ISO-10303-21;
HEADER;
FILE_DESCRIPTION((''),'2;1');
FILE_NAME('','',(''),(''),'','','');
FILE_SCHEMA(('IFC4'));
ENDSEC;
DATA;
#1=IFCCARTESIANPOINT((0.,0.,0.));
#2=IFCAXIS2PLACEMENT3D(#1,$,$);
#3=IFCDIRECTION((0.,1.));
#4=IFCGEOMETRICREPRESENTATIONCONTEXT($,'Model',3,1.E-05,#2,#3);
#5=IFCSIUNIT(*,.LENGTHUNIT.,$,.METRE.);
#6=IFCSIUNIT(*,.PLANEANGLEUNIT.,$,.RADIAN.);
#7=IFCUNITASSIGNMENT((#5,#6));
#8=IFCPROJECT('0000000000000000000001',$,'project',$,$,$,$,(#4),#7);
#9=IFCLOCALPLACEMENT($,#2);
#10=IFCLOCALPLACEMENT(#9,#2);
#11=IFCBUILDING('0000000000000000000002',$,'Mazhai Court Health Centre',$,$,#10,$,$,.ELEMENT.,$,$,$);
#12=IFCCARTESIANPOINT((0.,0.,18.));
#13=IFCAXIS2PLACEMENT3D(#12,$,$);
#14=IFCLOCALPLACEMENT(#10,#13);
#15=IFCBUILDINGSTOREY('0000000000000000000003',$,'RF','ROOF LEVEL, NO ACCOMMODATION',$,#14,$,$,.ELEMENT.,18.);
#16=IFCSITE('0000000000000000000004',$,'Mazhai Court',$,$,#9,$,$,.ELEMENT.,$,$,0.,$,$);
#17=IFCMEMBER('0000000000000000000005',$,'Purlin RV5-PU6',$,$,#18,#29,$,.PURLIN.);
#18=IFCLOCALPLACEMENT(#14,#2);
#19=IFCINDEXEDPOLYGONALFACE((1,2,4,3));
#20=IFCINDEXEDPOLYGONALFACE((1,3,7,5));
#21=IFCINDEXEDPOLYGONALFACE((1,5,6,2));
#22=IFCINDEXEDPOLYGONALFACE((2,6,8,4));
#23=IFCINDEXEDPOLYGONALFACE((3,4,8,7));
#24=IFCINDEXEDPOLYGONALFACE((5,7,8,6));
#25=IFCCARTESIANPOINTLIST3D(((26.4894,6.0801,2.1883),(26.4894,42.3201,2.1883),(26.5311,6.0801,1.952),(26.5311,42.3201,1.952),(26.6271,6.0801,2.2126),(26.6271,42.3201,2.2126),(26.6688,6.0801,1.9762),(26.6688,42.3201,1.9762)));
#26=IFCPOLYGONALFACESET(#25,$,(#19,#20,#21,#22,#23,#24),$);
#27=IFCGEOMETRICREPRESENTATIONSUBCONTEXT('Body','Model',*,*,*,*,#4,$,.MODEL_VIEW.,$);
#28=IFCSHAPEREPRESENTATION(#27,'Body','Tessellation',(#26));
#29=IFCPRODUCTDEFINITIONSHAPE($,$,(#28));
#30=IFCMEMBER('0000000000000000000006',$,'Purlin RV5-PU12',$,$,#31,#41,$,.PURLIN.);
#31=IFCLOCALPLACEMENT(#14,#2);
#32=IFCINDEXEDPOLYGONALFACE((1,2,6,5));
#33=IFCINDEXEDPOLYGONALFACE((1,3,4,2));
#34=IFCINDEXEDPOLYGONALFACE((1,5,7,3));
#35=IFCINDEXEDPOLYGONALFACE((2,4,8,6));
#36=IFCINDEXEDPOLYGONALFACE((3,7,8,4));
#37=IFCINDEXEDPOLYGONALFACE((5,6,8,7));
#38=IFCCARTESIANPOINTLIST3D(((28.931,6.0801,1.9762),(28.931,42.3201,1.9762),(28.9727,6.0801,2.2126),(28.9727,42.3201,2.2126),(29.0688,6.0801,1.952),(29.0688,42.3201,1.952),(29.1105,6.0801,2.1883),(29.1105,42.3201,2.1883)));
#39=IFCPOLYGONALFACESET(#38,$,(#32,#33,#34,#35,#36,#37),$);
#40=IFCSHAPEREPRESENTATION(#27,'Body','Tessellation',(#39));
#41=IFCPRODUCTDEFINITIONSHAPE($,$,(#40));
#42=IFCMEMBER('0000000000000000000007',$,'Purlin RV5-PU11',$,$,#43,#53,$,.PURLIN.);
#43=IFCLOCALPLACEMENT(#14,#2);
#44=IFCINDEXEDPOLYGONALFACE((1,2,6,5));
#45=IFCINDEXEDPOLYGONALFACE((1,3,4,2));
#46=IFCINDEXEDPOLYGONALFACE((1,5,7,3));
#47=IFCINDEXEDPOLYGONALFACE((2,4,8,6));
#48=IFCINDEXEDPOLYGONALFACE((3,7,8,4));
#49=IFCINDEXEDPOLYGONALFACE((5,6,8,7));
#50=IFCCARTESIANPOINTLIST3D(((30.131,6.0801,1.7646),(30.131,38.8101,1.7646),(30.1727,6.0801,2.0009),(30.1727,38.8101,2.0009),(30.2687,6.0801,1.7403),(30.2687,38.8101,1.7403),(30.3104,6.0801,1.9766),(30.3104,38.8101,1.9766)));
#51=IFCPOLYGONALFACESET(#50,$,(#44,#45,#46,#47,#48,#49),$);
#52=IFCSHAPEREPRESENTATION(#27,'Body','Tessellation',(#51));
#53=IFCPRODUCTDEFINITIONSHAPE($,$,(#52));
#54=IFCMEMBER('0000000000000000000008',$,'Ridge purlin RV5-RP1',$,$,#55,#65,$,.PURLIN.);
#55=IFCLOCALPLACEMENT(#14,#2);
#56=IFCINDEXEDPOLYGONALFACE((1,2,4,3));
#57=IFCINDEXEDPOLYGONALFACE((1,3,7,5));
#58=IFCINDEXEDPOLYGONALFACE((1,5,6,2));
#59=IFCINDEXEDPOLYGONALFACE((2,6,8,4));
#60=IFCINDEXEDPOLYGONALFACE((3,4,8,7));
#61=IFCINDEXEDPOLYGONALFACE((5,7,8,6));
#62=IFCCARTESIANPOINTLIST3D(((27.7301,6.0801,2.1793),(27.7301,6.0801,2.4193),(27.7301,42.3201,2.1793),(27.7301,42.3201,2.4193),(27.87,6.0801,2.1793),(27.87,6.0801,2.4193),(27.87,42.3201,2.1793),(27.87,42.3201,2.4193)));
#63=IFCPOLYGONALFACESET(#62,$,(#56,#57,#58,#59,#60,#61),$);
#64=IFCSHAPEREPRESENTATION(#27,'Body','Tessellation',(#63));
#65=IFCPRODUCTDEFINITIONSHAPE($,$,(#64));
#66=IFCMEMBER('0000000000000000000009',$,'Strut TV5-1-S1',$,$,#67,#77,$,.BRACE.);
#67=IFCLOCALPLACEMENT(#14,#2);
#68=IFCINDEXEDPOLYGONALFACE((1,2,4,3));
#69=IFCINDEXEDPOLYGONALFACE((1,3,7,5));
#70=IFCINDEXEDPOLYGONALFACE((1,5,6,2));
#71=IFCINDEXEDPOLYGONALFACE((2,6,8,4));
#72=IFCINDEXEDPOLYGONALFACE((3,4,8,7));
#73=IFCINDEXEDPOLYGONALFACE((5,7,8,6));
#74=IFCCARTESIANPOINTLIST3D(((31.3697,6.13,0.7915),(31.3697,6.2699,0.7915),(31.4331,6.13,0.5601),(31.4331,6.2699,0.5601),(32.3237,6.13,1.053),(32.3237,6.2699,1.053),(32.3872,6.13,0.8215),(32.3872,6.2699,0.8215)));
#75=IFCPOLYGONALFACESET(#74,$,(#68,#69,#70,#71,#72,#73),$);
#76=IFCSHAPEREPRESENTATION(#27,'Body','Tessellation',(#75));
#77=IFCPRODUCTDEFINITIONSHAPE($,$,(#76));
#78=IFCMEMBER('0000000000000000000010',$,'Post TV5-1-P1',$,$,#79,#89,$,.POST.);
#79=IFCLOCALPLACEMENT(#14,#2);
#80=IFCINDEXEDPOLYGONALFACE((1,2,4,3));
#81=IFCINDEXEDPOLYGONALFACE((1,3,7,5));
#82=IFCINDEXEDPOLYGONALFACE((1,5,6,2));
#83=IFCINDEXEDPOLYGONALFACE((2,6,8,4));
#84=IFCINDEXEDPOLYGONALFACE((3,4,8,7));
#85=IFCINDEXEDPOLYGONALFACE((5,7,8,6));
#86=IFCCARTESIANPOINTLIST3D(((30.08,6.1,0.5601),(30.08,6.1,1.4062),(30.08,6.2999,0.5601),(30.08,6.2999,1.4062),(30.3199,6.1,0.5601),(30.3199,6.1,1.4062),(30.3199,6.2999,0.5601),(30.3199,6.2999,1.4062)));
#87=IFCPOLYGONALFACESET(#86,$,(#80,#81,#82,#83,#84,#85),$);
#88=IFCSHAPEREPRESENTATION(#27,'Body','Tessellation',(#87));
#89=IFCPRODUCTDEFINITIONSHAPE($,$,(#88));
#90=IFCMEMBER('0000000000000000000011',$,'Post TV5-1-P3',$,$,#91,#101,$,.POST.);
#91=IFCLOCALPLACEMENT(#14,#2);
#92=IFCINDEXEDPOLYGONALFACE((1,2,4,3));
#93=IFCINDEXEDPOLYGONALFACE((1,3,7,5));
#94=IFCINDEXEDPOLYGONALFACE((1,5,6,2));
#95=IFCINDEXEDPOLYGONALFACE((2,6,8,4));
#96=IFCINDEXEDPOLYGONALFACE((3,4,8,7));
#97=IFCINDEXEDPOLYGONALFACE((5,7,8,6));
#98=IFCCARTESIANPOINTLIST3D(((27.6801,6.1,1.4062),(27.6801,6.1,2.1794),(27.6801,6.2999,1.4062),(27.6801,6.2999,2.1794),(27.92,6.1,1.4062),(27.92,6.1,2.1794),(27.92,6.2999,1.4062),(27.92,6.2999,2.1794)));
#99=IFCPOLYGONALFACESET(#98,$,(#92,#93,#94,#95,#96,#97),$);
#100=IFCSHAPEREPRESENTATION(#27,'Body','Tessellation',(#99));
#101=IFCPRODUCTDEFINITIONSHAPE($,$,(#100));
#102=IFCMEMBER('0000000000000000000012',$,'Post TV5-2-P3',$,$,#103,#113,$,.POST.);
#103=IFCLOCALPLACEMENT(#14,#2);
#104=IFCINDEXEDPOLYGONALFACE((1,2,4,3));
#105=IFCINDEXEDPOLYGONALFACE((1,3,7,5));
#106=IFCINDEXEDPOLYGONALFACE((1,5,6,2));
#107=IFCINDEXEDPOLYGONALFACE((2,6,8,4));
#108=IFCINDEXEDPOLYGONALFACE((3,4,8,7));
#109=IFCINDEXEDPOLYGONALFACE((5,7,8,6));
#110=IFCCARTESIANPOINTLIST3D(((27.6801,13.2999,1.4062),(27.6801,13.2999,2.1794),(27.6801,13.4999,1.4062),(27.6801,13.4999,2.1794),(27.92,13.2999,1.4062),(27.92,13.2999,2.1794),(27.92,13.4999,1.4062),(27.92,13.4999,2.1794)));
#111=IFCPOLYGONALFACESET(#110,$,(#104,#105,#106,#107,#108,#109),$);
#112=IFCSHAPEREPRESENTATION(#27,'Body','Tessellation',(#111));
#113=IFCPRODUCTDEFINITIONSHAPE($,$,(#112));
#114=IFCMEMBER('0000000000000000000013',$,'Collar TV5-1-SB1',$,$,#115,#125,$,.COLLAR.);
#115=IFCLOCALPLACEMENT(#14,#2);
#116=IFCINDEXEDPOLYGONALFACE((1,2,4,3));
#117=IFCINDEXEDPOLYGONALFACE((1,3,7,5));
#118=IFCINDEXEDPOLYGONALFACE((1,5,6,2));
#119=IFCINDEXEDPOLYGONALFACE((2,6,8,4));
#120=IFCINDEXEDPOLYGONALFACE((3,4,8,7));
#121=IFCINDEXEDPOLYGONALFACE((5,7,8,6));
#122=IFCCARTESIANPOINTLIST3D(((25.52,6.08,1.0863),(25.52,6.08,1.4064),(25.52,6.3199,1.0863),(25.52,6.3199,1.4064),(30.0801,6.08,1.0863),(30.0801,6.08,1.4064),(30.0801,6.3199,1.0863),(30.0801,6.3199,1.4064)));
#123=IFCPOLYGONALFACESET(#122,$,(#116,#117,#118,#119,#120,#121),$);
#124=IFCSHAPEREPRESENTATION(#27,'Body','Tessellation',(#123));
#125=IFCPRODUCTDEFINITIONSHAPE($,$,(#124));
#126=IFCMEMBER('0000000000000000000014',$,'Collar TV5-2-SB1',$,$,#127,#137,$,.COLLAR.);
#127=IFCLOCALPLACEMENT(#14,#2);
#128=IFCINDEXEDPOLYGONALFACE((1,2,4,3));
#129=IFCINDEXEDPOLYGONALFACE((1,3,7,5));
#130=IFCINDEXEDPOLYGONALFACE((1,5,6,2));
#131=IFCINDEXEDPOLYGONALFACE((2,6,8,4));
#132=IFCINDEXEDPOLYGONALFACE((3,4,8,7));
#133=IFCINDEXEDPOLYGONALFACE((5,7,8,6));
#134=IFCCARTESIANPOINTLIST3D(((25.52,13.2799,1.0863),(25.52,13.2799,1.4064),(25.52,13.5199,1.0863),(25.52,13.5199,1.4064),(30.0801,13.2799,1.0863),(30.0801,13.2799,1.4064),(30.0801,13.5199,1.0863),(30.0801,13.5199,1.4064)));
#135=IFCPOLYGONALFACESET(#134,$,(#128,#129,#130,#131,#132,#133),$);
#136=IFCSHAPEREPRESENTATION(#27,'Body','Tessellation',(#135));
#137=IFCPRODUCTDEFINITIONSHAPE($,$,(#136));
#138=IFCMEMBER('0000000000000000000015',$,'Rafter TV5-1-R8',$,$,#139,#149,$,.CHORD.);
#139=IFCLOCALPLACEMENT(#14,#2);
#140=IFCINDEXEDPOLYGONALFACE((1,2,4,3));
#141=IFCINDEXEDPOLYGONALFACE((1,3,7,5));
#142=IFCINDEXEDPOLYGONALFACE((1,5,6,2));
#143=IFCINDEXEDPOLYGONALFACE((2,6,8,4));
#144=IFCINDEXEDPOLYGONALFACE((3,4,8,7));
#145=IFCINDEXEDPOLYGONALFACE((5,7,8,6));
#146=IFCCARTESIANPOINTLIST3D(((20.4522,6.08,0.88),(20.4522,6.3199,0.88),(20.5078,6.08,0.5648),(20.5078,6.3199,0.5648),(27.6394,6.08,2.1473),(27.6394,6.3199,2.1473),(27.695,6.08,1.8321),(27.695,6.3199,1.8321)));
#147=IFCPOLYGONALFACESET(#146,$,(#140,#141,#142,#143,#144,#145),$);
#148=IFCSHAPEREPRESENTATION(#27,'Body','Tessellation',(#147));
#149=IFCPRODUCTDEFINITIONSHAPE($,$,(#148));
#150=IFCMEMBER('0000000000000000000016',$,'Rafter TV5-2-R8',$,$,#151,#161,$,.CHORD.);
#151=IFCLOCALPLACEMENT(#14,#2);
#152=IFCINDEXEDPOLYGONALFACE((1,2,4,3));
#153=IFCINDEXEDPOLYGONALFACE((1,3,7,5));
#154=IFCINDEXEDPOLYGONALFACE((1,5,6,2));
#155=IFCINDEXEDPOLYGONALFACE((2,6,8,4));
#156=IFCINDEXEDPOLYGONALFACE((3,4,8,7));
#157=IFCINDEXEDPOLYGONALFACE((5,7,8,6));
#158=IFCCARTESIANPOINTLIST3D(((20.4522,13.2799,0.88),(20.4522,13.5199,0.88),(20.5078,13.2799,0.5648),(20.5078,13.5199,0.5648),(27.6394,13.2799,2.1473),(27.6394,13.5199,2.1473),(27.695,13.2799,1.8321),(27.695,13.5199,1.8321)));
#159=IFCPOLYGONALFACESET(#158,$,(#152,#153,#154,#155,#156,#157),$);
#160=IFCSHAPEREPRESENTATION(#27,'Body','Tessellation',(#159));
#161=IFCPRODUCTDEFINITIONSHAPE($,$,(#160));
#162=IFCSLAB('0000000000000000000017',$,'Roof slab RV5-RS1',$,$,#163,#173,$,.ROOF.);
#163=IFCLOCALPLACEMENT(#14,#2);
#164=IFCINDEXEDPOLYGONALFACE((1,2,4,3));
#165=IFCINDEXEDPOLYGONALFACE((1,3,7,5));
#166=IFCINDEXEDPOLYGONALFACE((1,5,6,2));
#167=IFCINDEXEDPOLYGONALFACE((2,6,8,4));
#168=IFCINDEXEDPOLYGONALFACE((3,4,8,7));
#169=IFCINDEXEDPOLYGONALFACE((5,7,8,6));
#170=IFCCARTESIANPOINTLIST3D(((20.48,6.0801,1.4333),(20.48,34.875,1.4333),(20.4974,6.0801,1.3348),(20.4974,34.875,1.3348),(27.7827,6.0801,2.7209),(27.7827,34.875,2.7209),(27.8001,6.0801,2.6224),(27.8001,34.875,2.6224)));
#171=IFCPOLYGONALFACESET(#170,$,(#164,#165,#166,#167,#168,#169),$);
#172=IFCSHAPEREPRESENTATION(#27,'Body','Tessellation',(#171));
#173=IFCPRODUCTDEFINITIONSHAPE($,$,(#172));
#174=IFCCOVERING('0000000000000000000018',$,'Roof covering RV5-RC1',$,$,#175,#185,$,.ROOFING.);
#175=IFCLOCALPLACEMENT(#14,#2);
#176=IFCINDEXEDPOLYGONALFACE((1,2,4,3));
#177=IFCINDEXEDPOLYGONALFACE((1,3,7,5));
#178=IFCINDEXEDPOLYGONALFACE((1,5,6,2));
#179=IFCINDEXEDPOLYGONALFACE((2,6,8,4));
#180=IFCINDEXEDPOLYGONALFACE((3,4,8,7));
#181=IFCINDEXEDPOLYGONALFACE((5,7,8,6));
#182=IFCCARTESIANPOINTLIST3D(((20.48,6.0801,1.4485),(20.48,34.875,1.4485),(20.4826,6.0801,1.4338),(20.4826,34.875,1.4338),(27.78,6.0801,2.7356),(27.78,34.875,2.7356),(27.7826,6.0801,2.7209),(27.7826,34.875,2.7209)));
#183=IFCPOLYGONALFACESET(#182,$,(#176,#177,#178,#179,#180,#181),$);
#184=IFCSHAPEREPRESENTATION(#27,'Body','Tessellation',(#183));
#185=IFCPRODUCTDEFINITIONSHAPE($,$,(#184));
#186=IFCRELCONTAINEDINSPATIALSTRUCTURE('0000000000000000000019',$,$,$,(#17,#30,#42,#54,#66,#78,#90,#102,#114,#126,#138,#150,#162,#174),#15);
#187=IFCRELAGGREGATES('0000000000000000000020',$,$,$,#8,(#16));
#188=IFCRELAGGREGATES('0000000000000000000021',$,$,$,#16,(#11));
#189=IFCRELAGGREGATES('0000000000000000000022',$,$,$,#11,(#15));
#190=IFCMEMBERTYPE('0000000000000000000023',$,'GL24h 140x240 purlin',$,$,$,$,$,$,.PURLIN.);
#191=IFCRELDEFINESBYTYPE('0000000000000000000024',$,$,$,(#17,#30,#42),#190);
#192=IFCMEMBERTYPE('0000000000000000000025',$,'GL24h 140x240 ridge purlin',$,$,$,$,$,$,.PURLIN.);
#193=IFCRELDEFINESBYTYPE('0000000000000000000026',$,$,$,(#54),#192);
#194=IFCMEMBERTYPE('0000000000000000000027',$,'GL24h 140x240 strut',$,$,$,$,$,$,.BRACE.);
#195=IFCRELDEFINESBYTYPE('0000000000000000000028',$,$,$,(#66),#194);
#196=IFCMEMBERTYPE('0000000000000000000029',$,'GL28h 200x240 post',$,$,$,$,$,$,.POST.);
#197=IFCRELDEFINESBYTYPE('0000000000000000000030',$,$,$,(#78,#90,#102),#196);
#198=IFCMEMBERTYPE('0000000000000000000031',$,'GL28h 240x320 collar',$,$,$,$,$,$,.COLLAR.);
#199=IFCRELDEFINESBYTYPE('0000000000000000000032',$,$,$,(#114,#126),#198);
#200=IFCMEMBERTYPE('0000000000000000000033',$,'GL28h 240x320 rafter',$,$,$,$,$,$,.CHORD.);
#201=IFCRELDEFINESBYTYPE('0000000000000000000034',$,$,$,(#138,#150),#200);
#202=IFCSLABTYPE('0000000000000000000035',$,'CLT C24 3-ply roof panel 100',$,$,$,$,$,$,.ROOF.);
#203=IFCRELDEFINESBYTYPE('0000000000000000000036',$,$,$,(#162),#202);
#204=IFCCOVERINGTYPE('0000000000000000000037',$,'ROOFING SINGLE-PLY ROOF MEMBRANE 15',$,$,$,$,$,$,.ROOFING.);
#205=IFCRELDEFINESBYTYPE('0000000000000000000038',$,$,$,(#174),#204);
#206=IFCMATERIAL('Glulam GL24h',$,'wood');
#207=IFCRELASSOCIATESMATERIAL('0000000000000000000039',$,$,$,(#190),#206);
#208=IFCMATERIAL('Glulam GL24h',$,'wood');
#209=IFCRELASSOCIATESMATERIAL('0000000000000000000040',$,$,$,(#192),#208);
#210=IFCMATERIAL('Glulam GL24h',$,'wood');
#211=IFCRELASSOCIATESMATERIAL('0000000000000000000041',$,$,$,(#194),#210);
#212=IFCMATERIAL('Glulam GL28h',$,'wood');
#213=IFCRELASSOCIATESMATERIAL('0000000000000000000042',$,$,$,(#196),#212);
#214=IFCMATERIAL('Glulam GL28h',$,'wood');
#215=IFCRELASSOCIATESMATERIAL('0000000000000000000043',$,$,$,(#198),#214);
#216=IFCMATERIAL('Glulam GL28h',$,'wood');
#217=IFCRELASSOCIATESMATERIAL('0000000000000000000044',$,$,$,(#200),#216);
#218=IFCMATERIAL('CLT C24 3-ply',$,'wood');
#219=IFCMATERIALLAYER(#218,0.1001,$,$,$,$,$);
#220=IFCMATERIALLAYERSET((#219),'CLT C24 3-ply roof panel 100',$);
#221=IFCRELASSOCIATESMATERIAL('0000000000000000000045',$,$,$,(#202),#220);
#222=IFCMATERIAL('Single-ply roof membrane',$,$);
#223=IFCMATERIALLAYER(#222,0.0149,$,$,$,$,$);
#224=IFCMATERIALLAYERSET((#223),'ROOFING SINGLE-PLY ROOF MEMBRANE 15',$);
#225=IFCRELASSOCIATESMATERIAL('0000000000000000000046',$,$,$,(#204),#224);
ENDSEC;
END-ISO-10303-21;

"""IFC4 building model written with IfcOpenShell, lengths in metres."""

from ifc_helpers import new_model, si_unit, direction, frame, origin, origin_2d, place, context, subcontext, project, spatial, polyline, rectangle, outline, extrude, material, layer, layer_set, material_profile, profile_set, type_object, element, save


model = new_model("IFC4")

# Units and contexts
model_context = context("Model", 3, precision=1e-05, world=origin(), true_north=direction((0.0, 1.0)))
body_context = subcontext(model_context, "Body", "Model", "MODEL_VIEW")
ifc_project = project(units=[si_unit("LENGTHUNIT", "METRE"), si_unit("PLANEANGLEUNIT", "RADIAN")], contexts=[model_context])

# Site, building, storey
site_placement = place(None, origin())
site = spatial("IfcSite", under=ifc_project, at=site_placement, Name="Mazhai Court", CompositionType="ELEMENT", RefElevation=0.0)
building_placement = place(site_placement, origin())
building = spatial("IfcBuilding", under=site, at=building_placement, Name="Mazhai Court Health Centre", CompositionType="ELEMENT")
storey_placement = place(building_placement, frame((0.0, 0.0, 18.0)))
storey = spatial("IfcBuildingStorey", under=building, at=storey_placement, Name="RF", Description="ROOF LEVEL, NO ACCOMMODATION", CompositionType="ELEMENT", Elevation=18.0)

# Members
ifc_material_1 = material(Name="Glulam GL24h", Category="wood")
ifc_material_profile_1 = material_profile(ifc_material_1, rectangle(XDim=0.1399, YDim=0.24, at=origin_2d()), Name="GL24h 140x240")
ifc_profile_set_1 = profile_set([ifc_material_profile_1], Name="Glulam GL24h")
member_type_1 = type_object("IfcMemberType", Name="GL24h 140x240 purlin", PredefinedType="PURLIN", material=ifc_profile_set_1)
for number, where, z_axis, x_axis, name in (
    (1, (26.5791, 6.0801, 2.0823), (0.0, 1.0, 0.0), (-0.984808, 0.0, -0.173648), "Purlin RV5-PU6"),
    (2, (29.0208, 6.0801, 2.0823), (0.0, 1.0, 0.0), (-0.984808, 0.0, 0.173648), "Purlin RV5-PU12"),
):
    element("IfcMember", number, at=place(storey_placement, frame(where, z_axis=z_axis, x_axis=x_axis)), inside=storey, type_object=member_type_1, Name=name, PredefinedType="PURLIN", context=body_context, shape_type="SweptSolid", body=[
        extrude(rectangle(XDim=0.1399, YDim=0.24, at=origin_2d()), origin(), (0.0, 0.0, 1.0), 36.24),
    ])
member_1_placement = place(storey_placement, frame((30.2207, 6.0801, 1.8706), z_axis=(0.0, 1.0, 0.0), x_axis=(-0.984808, 0.0, 0.173648)))
element("IfcMember", 3, at=member_1_placement, inside=storey, type_object=member_type_1, Name="Purlin RV5-PU11", PredefinedType="PURLIN", context=body_context, shape_type="SweptSolid", body=[
    extrude(rectangle(XDim=0.1399, YDim=0.24, at=origin_2d()), origin(), (0.0, 0.0, 1.0), 32.73),
])
ifc_material_2 = material(Name="Glulam GL24h", Category="wood")
ifc_material_profile_2 = material_profile(ifc_material_2, rectangle(XDim=0.1399, YDim=0.24, at=origin_2d()), Name="GL24h 140x240")
ifc_profile_set_2 = profile_set([ifc_material_profile_2], Name="Glulam GL24h")
member_type_2 = type_object("IfcMemberType", Name="GL24h 140x240 ridge purlin", PredefinedType="PURLIN", material=ifc_profile_set_2)
member_2_placement = place(storey_placement, frame((27.8, 6.0801, 2.2993), z_axis=(0.0, 1.0, 0.0), x_axis=(-1.0, 0.0, 0.0)))
element("IfcMember", 4, at=member_2_placement, inside=storey, type_object=member_type_2, Name="Ridge purlin RV5-RP1", PredefinedType="PURLIN", context=body_context, shape_type="SweptSolid", body=[
    extrude(rectangle(XDim=0.1399, YDim=0.24, at=origin_2d()), origin(), (0.0, 0.0, 1.0), 36.24),
])
ifc_material_3 = material(Name="Glulam GL24h", Category="wood")
ifc_material_profile_3 = material_profile(ifc_material_3, rectangle(XDim=0.1399, YDim=0.24, at=origin_2d()), Name="GL24h 140x240")
ifc_profile_set_3 = profile_set([ifc_material_profile_3], Name="Glulam GL24h")
member_type_3 = type_object("IfcMemberType", Name="GL24h 140x240 strut", PredefinedType="BRACE", material=ifc_profile_set_3)
member_3_placement = place(storey_placement, frame((31.4014, 6.2, 0.6758), z_axis=(0.964438, 0.0, 0.264307), x_axis=(0.0, 1.0, 0.0)))
element("IfcMember", 5, at=member_3_placement, inside=storey, type_object=member_type_3, Name="Strut TV5-1-S1", PredefinedType="BRACE", context=body_context, shape_type="SweptSolid", body=[
    extrude(rectangle(XDim=0.1399, YDim=0.24, at=origin_2d()), origin(), (0.0, 0.0, 1.0), 0.9893),
])
ifc_material_4 = material(Name="Glulam GL28h", Category="wood")
ifc_material_profile_4 = material_profile(ifc_material_4, rectangle(XDim=0.2, YDim=0.24, at=origin_2d()), Name="GL28h 200x240")
ifc_profile_set_4 = profile_set([ifc_material_profile_4], Name="Glulam GL28h")
member_type_4 = type_object("IfcMemberType", Name="GL28h 200x240 post", PredefinedType="POST", material=ifc_profile_set_4)
member_4_placement = place(storey_placement, frame((30.2, 6.2, 0.5601), z_axis=(0.0, 0.0, 1.0), x_axis=(0.0, 1.0, 0.0)))
element("IfcMember", 6, at=member_4_placement, inside=storey, type_object=member_type_4, Name="Post TV5-1-P1", PredefinedType="POST", context=body_context, shape_type="SweptSolid", body=[
    extrude(rectangle(XDim=0.2, YDim=0.24, at=origin_2d()), origin(), (0.0, 0.0, 1.0), 0.8462),
])
for number, where, z_axis, x_axis, name in (
    (7, (27.8, 6.2, 1.4062), (0.0, 0.0, 1.0), (0.0, 1.0, 0.0), "Post TV5-1-P3"),
    (8, (27.8, 13.3999, 1.4062), (0.0, 0.0, 1.0), (0.0, 1.0, 0.0), "Post TV5-2-P3"),
):
    element("IfcMember", number, at=place(storey_placement, frame(where, z_axis=z_axis, x_axis=x_axis)), inside=storey, type_object=member_type_4, Name=name, PredefinedType="POST", context=body_context, shape_type="SweptSolid", body=[
        extrude(rectangle(XDim=0.2, YDim=0.24, at=origin_2d()), origin(), (0.0, 0.0, 1.0), 0.7732),
    ])
ifc_material_5 = material(Name="Glulam GL28h", Category="wood")
ifc_material_profile_5 = material_profile(ifc_material_5, rectangle(XDim=0.24, YDim=0.3201, at=origin_2d()), Name="GL28h 240x320")
ifc_profile_set_5 = profile_set([ifc_material_profile_5], Name="Glulam GL28h")
member_type_5 = type_object("IfcMemberType", Name="GL28h 240x320 collar", PredefinedType="COLLAR", material=ifc_profile_set_5)
for number, where, z_axis, x_axis, name in (
    (9, (30.0801, 6.2, 1.2463), (-1.0, 0.0, 0.0), (0.0, -1.0, 0.0), "Collar TV5-1-SB1"),
    (10, (30.0801, 13.3999, 1.2463), (-1.0, 0.0, 0.0), (0.0, -1.0, 0.0), "Collar TV5-2-SB1"),
):
    element("IfcMember", number, at=place(storey_placement, frame(where, z_axis=z_axis, x_axis=x_axis)), inside=storey, type_object=member_type_5, Name=name, PredefinedType="COLLAR", context=body_context, shape_type="SweptSolid", body=[
        extrude(rectangle(XDim=0.24, YDim=0.3201, at=origin_2d()), origin(), (0.0, 0.0, 1.0), 4.5601),
    ])
ifc_material_6 = material(Name="Glulam GL28h", Category="wood")
ifc_material_profile_6 = material_profile(ifc_material_6, rectangle(XDim=0.24, YDim=0.3201, at=origin_2d()), Name="GL28h 240x320")
ifc_profile_set_6 = profile_set([ifc_material_profile_6], Name="Glulam GL28h")
member_type_6 = type_object("IfcMemberType", Name="GL28h 240x320 rafter", PredefinedType="CHORD", material=ifc_profile_set_6)
for number, where, z_axis, x_axis, name in (
    (11, (27.6672, 6.2, 1.9897), (-0.984807, 0.0, -0.173652), (0.0, -1.0, 0.0), "Rafter TV5-1-R8"),
    (12, (27.6672, 13.3999, 1.9897), (-0.984807, 0.0, -0.173652), (0.0, -1.0, 0.0), "Rafter TV5-2-R8"),
):
    element("IfcMember", number, at=place(storey_placement, frame(where, z_axis=z_axis, x_axis=x_axis)), inside=storey, type_object=member_type_6, Name=name, PredefinedType="CHORD", context=body_context, shape_type="SweptSolid", body=[
        extrude(rectangle(XDim=0.24, YDim=0.3201, at=origin_2d()), origin(), (0.0, 0.0, 1.0), 7.2981),
    ])

# Slab
ifc_material_7 = material(Name="CLT C24 3-ply", Category="wood")
ifc_layer_1 = layer(ifc_material_7, 0.1001)
ifc_layer_set_1 = layer_set([ifc_layer_1], Name="CLT C24 3-ply roof panel 100")
slab_type = type_object("IfcSlabType", Name="CLT C24 3-ply roof panel 100", PredefinedType="ROOF", material=ifc_layer_set_1)
slab_placement = place(storey_placement, frame((27.7827, 6.0801, 2.7209), z_axis=(-0.173639, 0.0, 0.984809), x_axis=(-0.984809, 0.0, -0.173639)))
element("IfcSlab", 13, at=slab_placement, inside=storey, type_object=slab_type, Name="Roof slab RV5-RS1", PredefinedType="ROOF", context=body_context, shape_type="SweptSolid", body=[
    extrude(outline(polyline([(0.0, 0.0), (7.4154, 0.0), (7.4154, -28.7949), (0.0, -28.7949), (0.0, 0.0)])), origin(), (0.0, 0.0, -1.0), 0.1001),
])

# Covering
ifc_material_8 = material(Name="Single-ply roof membrane")
ifc_layer_2 = layer(ifc_material_8, 0.0149)
ifc_layer_set_2 = layer_set([ifc_layer_2], Name="ROOFING SINGLE-PLY ROOF MEMBRANE 15")
covering_type = type_object("IfcCoveringType", Name="ROOFING SINGLE-PLY ROOF MEMBRANE 15", PredefinedType="ROOFING", material=ifc_layer_set_2)
covering_placement = place(storey_placement, frame((27.78, 6.0801, 2.7356), z_axis=(-0.173637, 0.0, 0.98481), x_axis=(-0.98481, 0.0, -0.173637)))
element("IfcCovering", 14, at=covering_placement, inside=storey, type_object=covering_type, Name="Roof covering RV5-RC1", PredefinedType="ROOFING", context=body_context, shape_type="SweptSolid", body=[
    extrude(outline(polyline([(0.0, 0.0), (7.4126, 0.0), (7.4126, -28.7949), (0.0, -28.7949), (0.0, 0.0)])), origin(), (0.0, 0.0, -1.0), 0.0149),
])

save(model, "model.ifc")
